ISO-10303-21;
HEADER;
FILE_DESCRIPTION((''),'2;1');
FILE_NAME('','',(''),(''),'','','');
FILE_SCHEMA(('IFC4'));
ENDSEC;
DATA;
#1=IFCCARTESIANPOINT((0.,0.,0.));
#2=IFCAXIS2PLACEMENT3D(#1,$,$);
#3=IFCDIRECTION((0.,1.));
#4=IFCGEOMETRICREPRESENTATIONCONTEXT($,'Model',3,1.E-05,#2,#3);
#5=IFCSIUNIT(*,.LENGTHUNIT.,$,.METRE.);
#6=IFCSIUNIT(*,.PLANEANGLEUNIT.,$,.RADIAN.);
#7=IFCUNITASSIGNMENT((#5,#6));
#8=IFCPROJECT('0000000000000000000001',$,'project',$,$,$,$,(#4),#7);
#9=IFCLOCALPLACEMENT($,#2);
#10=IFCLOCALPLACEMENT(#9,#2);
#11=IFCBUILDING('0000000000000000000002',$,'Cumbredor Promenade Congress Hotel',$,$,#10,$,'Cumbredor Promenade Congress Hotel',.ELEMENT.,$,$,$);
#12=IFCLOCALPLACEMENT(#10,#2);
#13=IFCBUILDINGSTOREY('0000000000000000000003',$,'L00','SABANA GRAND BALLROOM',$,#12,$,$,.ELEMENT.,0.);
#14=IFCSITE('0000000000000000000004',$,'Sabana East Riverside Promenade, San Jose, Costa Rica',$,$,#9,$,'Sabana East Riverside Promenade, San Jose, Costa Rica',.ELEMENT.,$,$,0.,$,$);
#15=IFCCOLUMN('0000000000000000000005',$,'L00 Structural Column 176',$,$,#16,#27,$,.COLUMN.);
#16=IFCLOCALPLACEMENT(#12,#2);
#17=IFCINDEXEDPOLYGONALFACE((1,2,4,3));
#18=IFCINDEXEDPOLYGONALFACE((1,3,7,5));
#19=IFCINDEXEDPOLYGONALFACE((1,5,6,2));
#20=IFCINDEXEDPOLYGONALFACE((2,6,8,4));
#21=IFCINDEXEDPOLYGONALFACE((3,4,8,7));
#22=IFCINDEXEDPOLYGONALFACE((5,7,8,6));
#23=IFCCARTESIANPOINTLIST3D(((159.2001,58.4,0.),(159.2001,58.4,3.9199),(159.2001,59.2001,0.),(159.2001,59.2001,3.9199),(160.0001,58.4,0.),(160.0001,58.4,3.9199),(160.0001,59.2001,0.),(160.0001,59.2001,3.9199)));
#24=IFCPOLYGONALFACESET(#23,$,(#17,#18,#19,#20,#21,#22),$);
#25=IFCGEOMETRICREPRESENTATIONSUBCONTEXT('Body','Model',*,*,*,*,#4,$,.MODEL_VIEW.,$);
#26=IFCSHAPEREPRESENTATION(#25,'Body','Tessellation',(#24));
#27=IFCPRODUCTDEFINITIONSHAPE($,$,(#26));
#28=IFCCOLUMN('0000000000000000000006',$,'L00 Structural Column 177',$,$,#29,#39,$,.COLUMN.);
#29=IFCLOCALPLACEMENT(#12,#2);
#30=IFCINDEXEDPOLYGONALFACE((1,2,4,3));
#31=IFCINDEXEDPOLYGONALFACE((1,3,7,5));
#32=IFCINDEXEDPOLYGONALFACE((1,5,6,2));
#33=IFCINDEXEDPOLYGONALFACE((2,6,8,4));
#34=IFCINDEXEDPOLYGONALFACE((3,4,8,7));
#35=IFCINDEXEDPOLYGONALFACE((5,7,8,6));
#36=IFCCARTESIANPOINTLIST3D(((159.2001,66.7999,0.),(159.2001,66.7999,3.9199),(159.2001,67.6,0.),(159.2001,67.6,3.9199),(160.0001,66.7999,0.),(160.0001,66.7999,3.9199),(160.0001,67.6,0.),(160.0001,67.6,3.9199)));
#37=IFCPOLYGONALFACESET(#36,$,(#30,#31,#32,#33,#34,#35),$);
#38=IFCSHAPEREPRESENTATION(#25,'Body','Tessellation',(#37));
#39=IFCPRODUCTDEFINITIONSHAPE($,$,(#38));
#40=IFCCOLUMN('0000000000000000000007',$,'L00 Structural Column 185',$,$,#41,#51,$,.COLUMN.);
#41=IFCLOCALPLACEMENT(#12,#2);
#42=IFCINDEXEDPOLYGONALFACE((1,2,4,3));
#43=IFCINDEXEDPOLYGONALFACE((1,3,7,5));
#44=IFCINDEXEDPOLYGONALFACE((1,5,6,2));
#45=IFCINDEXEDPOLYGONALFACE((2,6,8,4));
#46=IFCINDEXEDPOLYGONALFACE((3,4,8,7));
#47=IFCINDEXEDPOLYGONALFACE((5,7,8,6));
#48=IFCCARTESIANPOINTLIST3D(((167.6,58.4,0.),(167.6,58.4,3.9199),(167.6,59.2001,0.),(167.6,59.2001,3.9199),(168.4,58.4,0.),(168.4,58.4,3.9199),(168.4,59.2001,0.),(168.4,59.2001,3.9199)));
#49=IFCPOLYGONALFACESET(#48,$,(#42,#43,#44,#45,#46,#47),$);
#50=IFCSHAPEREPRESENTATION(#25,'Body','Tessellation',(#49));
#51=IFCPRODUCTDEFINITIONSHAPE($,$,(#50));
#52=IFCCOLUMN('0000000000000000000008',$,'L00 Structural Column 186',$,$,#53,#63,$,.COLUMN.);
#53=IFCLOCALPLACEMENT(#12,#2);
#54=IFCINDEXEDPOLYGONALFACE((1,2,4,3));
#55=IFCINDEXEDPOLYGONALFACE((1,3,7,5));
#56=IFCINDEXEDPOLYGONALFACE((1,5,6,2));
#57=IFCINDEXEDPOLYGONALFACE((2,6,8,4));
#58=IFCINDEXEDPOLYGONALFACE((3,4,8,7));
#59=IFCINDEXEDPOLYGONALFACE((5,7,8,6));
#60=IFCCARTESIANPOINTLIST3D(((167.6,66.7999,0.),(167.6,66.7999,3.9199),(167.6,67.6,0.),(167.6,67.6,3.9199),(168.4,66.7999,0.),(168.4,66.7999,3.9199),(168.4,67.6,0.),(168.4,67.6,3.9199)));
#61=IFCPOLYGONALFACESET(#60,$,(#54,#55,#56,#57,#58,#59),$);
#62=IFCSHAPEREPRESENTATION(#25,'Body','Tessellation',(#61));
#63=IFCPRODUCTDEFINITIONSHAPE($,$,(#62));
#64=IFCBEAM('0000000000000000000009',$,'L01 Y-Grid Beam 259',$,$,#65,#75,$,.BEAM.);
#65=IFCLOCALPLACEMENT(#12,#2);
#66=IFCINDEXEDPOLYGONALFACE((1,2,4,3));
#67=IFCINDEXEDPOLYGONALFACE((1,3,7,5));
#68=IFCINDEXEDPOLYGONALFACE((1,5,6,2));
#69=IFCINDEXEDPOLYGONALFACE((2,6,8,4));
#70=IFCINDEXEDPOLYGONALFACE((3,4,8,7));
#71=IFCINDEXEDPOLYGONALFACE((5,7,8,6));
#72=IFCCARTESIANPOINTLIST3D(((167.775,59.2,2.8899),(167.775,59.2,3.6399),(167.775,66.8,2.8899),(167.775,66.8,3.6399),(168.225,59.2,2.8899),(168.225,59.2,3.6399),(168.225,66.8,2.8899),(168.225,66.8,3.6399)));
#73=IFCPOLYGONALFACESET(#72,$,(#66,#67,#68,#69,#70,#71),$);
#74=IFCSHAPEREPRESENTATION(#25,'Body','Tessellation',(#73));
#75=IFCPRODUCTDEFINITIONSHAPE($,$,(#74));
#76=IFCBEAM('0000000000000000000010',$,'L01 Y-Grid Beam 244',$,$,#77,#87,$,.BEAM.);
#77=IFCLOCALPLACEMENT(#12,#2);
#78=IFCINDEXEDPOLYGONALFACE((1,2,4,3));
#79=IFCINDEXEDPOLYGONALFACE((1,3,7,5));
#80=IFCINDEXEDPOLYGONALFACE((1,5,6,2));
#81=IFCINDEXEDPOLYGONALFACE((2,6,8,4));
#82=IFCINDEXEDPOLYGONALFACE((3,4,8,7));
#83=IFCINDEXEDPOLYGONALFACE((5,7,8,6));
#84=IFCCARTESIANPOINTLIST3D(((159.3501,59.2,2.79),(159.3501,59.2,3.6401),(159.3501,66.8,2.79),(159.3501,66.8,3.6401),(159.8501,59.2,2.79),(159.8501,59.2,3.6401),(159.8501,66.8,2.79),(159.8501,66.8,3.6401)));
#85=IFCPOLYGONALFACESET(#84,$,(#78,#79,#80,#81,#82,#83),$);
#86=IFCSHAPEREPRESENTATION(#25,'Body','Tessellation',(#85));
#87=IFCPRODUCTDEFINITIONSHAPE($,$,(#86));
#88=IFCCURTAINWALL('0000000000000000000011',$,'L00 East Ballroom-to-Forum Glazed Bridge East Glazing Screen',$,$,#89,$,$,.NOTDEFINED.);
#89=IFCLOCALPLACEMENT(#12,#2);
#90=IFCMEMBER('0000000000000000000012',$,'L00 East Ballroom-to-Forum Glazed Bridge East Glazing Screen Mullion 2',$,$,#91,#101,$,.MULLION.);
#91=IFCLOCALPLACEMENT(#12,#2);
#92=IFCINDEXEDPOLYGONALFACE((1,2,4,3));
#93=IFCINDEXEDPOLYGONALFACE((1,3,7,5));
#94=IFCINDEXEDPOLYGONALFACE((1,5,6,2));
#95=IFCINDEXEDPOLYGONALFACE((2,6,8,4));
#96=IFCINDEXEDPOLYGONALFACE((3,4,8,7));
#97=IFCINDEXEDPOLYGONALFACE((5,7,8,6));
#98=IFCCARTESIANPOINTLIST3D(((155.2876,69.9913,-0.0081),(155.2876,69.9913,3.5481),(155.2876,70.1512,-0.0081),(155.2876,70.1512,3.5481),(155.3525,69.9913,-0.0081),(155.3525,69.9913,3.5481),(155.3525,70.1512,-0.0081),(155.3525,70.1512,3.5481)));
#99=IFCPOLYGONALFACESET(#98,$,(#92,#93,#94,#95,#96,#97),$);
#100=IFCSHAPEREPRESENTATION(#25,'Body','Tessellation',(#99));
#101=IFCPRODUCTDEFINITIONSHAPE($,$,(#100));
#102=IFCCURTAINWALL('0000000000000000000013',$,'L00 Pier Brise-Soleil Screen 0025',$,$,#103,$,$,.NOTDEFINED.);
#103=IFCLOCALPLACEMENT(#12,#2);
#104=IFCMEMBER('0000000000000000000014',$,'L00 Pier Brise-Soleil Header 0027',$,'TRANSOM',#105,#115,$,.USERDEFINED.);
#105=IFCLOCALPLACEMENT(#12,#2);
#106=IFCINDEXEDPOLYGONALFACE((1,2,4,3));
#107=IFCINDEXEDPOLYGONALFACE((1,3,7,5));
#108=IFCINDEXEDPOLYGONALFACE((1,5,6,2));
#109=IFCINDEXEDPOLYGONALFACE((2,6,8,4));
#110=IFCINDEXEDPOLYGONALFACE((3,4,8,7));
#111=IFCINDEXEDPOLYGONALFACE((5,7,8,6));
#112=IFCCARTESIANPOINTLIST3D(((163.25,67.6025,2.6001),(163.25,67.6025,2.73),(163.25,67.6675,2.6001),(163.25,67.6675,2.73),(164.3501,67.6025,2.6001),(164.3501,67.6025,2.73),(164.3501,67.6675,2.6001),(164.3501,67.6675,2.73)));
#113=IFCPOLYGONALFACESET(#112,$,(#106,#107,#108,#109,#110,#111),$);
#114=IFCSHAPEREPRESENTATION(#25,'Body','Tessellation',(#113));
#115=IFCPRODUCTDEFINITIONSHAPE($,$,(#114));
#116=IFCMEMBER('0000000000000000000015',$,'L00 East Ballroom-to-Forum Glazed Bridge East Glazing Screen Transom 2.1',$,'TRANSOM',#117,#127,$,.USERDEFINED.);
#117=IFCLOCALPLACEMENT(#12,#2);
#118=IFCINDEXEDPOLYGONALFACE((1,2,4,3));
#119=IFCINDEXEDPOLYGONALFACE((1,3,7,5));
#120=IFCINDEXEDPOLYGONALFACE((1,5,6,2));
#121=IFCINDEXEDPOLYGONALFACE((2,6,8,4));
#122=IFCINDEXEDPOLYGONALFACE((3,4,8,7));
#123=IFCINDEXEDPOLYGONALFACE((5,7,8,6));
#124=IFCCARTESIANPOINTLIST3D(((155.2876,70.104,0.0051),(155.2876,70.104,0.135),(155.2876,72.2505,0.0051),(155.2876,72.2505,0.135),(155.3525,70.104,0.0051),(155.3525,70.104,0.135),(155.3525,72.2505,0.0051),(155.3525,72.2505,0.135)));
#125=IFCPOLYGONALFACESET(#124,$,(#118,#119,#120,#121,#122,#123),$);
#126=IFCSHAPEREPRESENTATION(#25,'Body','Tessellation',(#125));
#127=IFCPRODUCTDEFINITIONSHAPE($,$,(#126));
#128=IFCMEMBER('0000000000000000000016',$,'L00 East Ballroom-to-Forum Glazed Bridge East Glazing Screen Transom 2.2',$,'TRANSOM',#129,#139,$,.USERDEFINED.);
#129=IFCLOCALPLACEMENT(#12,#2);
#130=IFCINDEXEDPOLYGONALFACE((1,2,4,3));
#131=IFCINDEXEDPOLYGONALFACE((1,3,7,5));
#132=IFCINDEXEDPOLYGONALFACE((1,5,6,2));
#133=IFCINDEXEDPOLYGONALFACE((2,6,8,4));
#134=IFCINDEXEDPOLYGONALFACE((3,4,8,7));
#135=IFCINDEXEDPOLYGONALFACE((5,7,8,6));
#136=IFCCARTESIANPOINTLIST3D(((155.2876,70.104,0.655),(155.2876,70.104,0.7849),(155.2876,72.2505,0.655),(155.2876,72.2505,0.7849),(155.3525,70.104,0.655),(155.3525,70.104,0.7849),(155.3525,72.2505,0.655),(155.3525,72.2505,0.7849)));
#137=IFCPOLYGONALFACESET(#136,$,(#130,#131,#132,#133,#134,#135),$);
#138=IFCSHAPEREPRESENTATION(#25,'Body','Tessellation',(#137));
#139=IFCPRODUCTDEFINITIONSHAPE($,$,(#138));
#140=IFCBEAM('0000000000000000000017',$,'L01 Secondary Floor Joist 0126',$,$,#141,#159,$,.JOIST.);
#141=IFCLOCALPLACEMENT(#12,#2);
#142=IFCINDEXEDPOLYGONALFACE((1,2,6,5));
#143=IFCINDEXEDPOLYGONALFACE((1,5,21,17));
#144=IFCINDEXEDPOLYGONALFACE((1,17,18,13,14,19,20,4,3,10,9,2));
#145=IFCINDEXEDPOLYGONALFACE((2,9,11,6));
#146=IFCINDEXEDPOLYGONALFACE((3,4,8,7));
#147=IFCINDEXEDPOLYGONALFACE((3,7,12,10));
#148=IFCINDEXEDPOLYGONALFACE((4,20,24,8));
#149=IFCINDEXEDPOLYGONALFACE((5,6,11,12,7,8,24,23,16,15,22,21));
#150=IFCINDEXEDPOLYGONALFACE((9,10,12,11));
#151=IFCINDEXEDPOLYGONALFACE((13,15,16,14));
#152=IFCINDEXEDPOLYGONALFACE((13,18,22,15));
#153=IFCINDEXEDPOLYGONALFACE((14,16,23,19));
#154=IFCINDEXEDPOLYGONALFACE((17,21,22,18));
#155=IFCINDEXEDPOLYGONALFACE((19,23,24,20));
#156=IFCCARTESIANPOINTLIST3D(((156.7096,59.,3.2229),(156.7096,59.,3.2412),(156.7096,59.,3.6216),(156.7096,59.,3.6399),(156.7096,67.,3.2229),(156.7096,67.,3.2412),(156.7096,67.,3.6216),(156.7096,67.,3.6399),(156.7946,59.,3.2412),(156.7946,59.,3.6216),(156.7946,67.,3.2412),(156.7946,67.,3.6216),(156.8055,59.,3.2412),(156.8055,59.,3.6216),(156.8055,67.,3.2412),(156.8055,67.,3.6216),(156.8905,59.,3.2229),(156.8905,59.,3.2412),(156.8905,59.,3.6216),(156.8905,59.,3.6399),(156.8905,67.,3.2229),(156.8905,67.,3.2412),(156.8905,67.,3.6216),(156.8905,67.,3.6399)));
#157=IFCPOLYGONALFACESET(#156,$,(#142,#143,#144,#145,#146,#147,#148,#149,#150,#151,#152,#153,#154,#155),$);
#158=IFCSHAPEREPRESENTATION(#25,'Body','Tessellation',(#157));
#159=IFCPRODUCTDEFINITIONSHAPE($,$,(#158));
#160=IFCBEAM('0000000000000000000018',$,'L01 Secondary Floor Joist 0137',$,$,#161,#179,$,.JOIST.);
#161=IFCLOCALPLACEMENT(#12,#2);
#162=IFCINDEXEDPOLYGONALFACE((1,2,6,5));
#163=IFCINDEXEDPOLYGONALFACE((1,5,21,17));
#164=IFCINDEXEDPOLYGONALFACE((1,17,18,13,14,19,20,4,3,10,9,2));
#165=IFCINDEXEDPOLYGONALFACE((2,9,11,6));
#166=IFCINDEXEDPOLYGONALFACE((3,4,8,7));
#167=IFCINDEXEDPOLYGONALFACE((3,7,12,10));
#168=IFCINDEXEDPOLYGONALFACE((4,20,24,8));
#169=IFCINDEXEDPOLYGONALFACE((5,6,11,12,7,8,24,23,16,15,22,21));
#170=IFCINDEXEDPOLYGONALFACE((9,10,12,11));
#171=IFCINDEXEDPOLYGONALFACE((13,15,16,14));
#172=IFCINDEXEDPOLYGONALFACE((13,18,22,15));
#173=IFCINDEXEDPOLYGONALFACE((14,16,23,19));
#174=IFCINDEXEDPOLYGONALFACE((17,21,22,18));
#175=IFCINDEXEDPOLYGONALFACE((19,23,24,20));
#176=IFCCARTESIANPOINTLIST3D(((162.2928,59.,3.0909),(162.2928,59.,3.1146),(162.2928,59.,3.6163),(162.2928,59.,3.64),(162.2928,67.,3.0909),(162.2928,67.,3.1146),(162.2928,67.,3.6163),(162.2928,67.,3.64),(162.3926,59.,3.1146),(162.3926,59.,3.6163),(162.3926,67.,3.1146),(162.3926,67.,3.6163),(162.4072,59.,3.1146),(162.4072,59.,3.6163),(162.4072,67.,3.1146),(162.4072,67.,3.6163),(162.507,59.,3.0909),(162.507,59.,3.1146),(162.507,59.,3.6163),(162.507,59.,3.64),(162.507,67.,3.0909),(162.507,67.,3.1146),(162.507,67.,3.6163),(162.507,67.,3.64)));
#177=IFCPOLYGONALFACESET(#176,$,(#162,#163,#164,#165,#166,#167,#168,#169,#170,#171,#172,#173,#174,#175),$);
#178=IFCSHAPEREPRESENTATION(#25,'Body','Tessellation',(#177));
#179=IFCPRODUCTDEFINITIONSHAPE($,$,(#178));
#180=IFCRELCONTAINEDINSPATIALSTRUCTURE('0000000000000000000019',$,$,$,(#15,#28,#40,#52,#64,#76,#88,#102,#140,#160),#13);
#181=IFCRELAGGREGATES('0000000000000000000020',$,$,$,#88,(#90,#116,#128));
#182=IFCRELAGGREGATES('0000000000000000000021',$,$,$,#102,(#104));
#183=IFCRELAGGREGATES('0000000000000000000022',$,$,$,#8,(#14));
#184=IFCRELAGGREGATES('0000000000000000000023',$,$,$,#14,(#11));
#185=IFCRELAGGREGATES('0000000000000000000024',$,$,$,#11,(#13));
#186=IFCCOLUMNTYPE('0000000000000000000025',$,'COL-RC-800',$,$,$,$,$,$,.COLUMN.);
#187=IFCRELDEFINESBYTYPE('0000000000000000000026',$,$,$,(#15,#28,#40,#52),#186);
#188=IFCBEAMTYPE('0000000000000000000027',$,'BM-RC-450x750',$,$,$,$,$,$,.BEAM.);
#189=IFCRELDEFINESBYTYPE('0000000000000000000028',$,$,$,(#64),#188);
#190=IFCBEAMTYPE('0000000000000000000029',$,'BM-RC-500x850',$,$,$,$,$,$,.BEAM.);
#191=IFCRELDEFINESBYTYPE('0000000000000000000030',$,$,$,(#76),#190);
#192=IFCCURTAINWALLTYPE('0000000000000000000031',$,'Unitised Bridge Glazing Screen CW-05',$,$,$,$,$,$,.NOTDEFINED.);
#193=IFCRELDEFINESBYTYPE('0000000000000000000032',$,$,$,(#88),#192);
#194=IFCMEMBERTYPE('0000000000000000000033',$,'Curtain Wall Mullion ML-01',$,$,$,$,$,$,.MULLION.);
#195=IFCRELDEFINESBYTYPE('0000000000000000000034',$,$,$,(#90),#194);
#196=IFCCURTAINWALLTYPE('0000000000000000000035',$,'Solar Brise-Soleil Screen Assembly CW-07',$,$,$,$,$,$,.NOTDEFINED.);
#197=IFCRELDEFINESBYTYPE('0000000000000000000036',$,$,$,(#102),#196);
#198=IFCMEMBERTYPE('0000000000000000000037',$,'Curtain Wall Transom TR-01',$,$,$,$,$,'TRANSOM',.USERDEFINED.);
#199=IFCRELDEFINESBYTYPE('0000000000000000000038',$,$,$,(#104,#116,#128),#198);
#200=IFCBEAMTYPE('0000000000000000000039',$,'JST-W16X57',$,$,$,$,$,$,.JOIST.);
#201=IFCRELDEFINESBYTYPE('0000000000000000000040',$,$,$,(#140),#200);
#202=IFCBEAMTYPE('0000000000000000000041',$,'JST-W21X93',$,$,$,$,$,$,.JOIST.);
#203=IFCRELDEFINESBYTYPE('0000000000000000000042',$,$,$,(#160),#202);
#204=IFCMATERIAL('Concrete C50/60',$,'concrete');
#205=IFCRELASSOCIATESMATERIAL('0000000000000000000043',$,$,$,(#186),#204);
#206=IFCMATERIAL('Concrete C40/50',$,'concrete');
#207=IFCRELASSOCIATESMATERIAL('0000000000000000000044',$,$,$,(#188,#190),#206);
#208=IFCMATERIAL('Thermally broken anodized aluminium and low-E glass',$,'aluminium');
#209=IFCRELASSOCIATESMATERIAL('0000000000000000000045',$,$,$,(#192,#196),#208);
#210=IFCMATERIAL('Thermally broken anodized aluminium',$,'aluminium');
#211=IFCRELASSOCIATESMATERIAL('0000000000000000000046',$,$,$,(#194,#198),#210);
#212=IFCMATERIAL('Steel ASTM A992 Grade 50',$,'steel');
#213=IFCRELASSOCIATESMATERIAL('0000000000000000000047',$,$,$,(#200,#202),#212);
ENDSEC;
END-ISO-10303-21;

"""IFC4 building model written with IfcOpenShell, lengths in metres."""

from ifc_helpers import new_model, si_unit, direction, frame, origin, origin_2d, place, context, subcontext, project, spatial, rectangle, i_section, extrude, material, material_profile, profile_set, type_object, element, aggregate, save


model = new_model("IFC4")

# Units and contexts
model_context = context("Model", 3, precision=1e-05, world=origin(), true_north=direction((0.0, 1.0)))
body_context = subcontext(model_context, "Body", "Model", "MODEL_VIEW")
ifc_project = project(units=[si_unit("LENGTHUNIT", "METRE"), si_unit("PLANEANGLEUNIT", "RADIAN")], contexts=[model_context])

# Site, building, storey
site_placement = place(None, origin())
site = spatial("IfcSite", under=ifc_project, at=site_placement, Name="Sabana East Riverside Promenade, San Jose, Costa Rica", LongName="Sabana East Riverside Promenade, San Jose, Costa Rica", CompositionType="ELEMENT", RefElevation=0.0)
building_placement = place(site_placement, origin())
building = spatial("IfcBuilding", under=site, at=building_placement, Name="Cumbredor Promenade Congress Hotel", LongName="Cumbredor Promenade Congress Hotel", CompositionType="ELEMENT")
storey_placement = place(building_placement, origin())
storey = spatial("IfcBuildingStorey", under=building, at=storey_placement, Name="L00", Description="SABANA GRAND BALLROOM", CompositionType="ELEMENT", Elevation=0.0)

# Columns
ifc_material_1 = material(Name="Concrete C50/60", Category="concrete")
ifc_material_profile_1 = material_profile(ifc_material_1, rectangle(XDim=0.8, YDim=0.8, at=origin_2d()), Name="RC 800x800")
ifc_profile_set_1 = profile_set([ifc_material_profile_1], Name="Concrete C50/60")
column_type = type_object("IfcColumnType", Name="COL-RC-800", PredefinedType="COLUMN", material=ifc_profile_set_1)
for number, where, z_axis, x_axis, name in (
    (1, (159.6001, 58.8, 0.0), (0.0, 0.0, 1.0), (1.0, 0.0, 0.0), "L00 Structural Column 176"),
    (2, (159.6001, 67.2, 0.0), (0.0, 0.0, 1.0), (1.0, 0.0, 0.0), "L00 Structural Column 177"),
    (3, (168.0, 58.8, 0.0), (0.0, 0.0, 1.0), (1.0, 0.0, 0.0), "L00 Structural Column 185"),
    (4, (168.0, 67.2, 0.0), (0.0, 0.0, 1.0), (1.0, 0.0, 0.0), "L00 Structural Column 186"),
):
    element("IfcColumn", number, at=place(storey_placement, frame(where, z_axis=z_axis, x_axis=x_axis)), inside=storey, type_object=column_type, Name=name, PredefinedType="COLUMN", context=body_context, shape_type="SweptSolid", body=[
        extrude(rectangle(XDim=0.8, YDim=0.8, at=origin_2d()), origin(), (0.0, 0.0, 1.0), 3.9199),
    ])

# Beams
ifc_material_2 = material(Name="Concrete C40/50", Category="concrete")
ifc_material_profile_2 = material_profile(ifc_material_2, rectangle(XDim=0.45, YDim=0.75, at=origin_2d()), Name="RC BEAM 450x750")
ifc_profile_set_2 = profile_set([ifc_material_profile_2], Name="Concrete C40/50")
beam_type_1 = type_object("IfcBeamType", Name="BM-RC-450x750", PredefinedType="BEAM", material=ifc_profile_set_2)
beam_1_placement = place(storey_placement, frame((168.0, 59.2, 3.2649), z_axis=(0.0, 1.0, 0.0), x_axis=(-1.0, 0.0, 0.0)))
element("IfcBeam", 5, at=beam_1_placement, inside=storey, type_object=beam_type_1, Name="L01 Y-Grid Beam 259", PredefinedType="BEAM", context=body_context, shape_type="SweptSolid", body=[
    extrude(rectangle(XDim=0.45, YDim=0.75, at=origin_2d()), origin(), (0.0, 0.0, 1.0), 7.6001),
])
ifc_material_profile_3 = material_profile(ifc_material_2, rectangle(XDim=0.5, YDim=0.8501, at=origin_2d()), Name="RC BEAM 500x850")
ifc_profile_set_3 = profile_set([ifc_material_profile_3], Name="Concrete C40/50")
beam_type_2 = type_object("IfcBeamType", Name="BM-RC-500x850", PredefinedType="BEAM", material=ifc_profile_set_3)
beam_2_placement = place(storey_placement, frame((159.6001, 59.2, 3.2151), z_axis=(0.0, 1.0, 0.0), x_axis=(-1.0, 0.0, 0.0)))
element("IfcBeam", 6, at=beam_2_placement, inside=storey, type_object=beam_type_2, Name="L01 Y-Grid Beam 244", PredefinedType="BEAM", context=body_context, shape_type="SweptSolid", body=[
    extrude(rectangle(XDim=0.5, YDim=0.8501, at=origin_2d()), origin(), (0.0, 0.0, 1.0), 7.6001),
])

# Curtain walls, members
ifc_material_3 = material(Name="Thermally broken anodized aluminium and low-E glass", Category="aluminium")
curtain_wall_type_1 = type_object("IfcCurtainWallType", Name="Unitised Bridge Glazing Screen CW-05", PredefinedType="NOTDEFINED", material=ifc_material_3)
curtain_wall_1_placement = place(storey_placement, origin())
curtain_wall_1 = element("IfcCurtainWall", 7, at=curtain_wall_1_placement, inside=storey, type_object=curtain_wall_type_1, Name="L00 East Ballroom-to-Forum Glazed Bridge East Glazing Screen", PredefinedType="NOTDEFINED")
ifc_material_4 = material(Name="Thermally broken anodized aluminium", Category="aluminium")
ifc_material_profile_4 = material_profile(ifc_material_4, rectangle(XDim=0.0649, YDim=0.1599, at=origin_2d()), Name="ALU MULLION 65x160")
ifc_profile_set_4 = profile_set([ifc_material_profile_4], Name="Thermally broken anodized aluminium")
member_type_1 = type_object("IfcMemberType", Name="Curtain Wall Mullion ML-01", PredefinedType="MULLION", material=ifc_profile_set_4)
member_1_placement = place(storey_placement, frame((155.3201, 70.0713, -0.0081), z_axis=(0.0, 0.0, 1.0), x_axis=(1.0, 0.0, 0.0)))
member_1 = element("IfcMember", 8, at=member_1_placement, type_object=member_type_1, Name="L00 East Ballroom-to-Forum Glazed Bridge East Glazing Screen Mullion 2", PredefinedType="MULLION", context=body_context, shape_type="SweptSolid", body=[
    extrude(rectangle(XDim=0.0649, YDim=0.1599, at=origin_2d()), origin(), (0.0, 0.0, 1.0), 3.5562),
])
curtain_wall_type_2 = type_object("IfcCurtainWallType", Name="Solar Brise-Soleil Screen Assembly CW-07", PredefinedType="NOTDEFINED", material=ifc_material_3)
curtain_wall_2_placement = place(storey_placement, origin())
curtain_wall_2 = element("IfcCurtainWall", 9, at=curtain_wall_2_placement, inside=storey, type_object=curtain_wall_type_2, Name="L00 Pier Brise-Soleil Screen 0025", PredefinedType="NOTDEFINED")
ifc_material_profile_5 = material_profile(ifc_material_4, rectangle(XDim=0.0649, YDim=0.1299, at=origin_2d()), Name="ALU TRANSOM 65x130")
ifc_profile_set_5 = profile_set([ifc_material_profile_5], Name="Thermally broken anodized aluminium")
member_type_2 = type_object("IfcMemberType", Name="Curtain Wall Transom TR-01", ElementType="TRANSOM", PredefinedType="USERDEFINED", material=ifc_profile_set_5)
member_2_placement = place(storey_placement, frame((163.25, 67.635, 2.665), z_axis=(1.0, 0.0, 0.0), x_axis=(0.0, 1.0, 0.0)))
member_2 = element("IfcMember", 10, at=member_2_placement, type_object=member_type_2, Name="L00 Pier Brise-Soleil Header 0027", ObjectType="TRANSOM", PredefinedType="USERDEFINED", context=body_context, shape_type="SweptSolid", body=[
    extrude(rectangle(XDim=0.0649, YDim=0.1299, at=origin_2d()), origin(), (0.0, 0.0, 1.0), 1.1001),
])

# Members
member_3_placement = place(storey_placement, frame((155.3201, 70.104, 0.0701), z_axis=(0.0, 1.0, 0.0), x_axis=(-1.0, 0.0, 0.0)))
member_3 = element("IfcMember", 11, at=member_3_placement, type_object=member_type_2, Name="L00 East Ballroom-to-Forum Glazed Bridge East Glazing Screen Transom 2.1", ObjectType="TRANSOM", PredefinedType="USERDEFINED", context=body_context, shape_type="SweptSolid", body=[
    extrude(rectangle(XDim=0.0649, YDim=0.1299, at=origin_2d()), origin(), (0.0, 0.0, 1.0), 2.1465),
])
member_4_placement = place(storey_placement, frame((155.3201, 70.104, 0.72), z_axis=(0.0, 1.0, 0.0), x_axis=(-1.0, 0.0, 0.0)))
member_4 = element("IfcMember", 12, at=member_4_placement, type_object=member_type_2, Name="L00 East Ballroom-to-Forum Glazed Bridge East Glazing Screen Transom 2.2", ObjectType="TRANSOM", PredefinedType="USERDEFINED", context=body_context, shape_type="SweptSolid", body=[
    extrude(rectangle(XDim=0.0649, YDim=0.1299, at=origin_2d()), origin(), (0.0, 0.0, 1.0), 2.1465),
])
aggregate(curtain_wall_1, [member_1, member_3, member_4])

# Beams
ifc_material_5 = material(Name="Steel ASTM A992 Grade 50", Category="steel")
ifc_material_profile_6 = material_profile(ifc_material_5, i_section(OverallWidth=0.1809, OverallDepth=0.417, WebThickness=0.011, FlangeThickness=0.0183, at=origin_2d()), Name="W16X57")
ifc_profile_set_6 = profile_set([ifc_material_profile_6], Name="Steel ASTM A992 Grade 50")
beam_type_3 = type_object("IfcBeamType", Name="JST-W16X57", PredefinedType="JOIST", material=ifc_profile_set_6)
beam_3_placement = place(storey_placement, frame((156.8, 59.0, 3.4314), z_axis=(0.0, 1.0, 0.0), x_axis=(-1.0, 0.0, 0.0)))
element("IfcBeam", 13, at=beam_3_placement, inside=storey, type_object=beam_type_3, Name="L01 Secondary Floor Joist 0126", PredefinedType="JOIST", context=body_context, shape_type="SweptSolid", body=[
    extrude(i_section(OverallWidth=0.1809, OverallDepth=0.417, WebThickness=0.011, FlangeThickness=0.0183, at=origin_2d()), origin(), (0.0, 0.0, 1.0), 8.0),
])
ifc_material_profile_7 = material_profile(ifc_material_5, i_section(OverallWidth=0.2141, OverallDepth=0.5491, WebThickness=0.0146, FlangeThickness=0.0237, at=origin_2d()), Name="W21X93")
ifc_profile_set_7 = profile_set([ifc_material_profile_7], Name="Steel ASTM A992 Grade 50")
beam_type_4 = type_object("IfcBeamType", Name="JST-W21X93", PredefinedType="JOIST", material=ifc_profile_set_7)
for number, where, z_axis, x_axis, name in (
    (14, (162.3999, 59.0, 3.3655), (0.0, 1.0, 0.0), (-1.0, 0.0, 0.0), "L01 Secondary Floor Joist 0137"),
):
    element("IfcBeam", number, at=place(storey_placement, frame(where, z_axis=z_axis, x_axis=x_axis)), inside=storey, type_object=beam_type_4, Name=name, PredefinedType="JOIST", context=body_context, shape_type="SweptSolid", body=[
        extrude(i_section(OverallWidth=0.2141, OverallDepth=0.5491, WebThickness=0.0146, FlangeThickness=0.0237, at=origin_2d()), origin(), (0.0, 0.0, 1.0), 8.0),
    ])

aggregate(curtain_wall_2, [member_2])

save(model, "model.ifc")
